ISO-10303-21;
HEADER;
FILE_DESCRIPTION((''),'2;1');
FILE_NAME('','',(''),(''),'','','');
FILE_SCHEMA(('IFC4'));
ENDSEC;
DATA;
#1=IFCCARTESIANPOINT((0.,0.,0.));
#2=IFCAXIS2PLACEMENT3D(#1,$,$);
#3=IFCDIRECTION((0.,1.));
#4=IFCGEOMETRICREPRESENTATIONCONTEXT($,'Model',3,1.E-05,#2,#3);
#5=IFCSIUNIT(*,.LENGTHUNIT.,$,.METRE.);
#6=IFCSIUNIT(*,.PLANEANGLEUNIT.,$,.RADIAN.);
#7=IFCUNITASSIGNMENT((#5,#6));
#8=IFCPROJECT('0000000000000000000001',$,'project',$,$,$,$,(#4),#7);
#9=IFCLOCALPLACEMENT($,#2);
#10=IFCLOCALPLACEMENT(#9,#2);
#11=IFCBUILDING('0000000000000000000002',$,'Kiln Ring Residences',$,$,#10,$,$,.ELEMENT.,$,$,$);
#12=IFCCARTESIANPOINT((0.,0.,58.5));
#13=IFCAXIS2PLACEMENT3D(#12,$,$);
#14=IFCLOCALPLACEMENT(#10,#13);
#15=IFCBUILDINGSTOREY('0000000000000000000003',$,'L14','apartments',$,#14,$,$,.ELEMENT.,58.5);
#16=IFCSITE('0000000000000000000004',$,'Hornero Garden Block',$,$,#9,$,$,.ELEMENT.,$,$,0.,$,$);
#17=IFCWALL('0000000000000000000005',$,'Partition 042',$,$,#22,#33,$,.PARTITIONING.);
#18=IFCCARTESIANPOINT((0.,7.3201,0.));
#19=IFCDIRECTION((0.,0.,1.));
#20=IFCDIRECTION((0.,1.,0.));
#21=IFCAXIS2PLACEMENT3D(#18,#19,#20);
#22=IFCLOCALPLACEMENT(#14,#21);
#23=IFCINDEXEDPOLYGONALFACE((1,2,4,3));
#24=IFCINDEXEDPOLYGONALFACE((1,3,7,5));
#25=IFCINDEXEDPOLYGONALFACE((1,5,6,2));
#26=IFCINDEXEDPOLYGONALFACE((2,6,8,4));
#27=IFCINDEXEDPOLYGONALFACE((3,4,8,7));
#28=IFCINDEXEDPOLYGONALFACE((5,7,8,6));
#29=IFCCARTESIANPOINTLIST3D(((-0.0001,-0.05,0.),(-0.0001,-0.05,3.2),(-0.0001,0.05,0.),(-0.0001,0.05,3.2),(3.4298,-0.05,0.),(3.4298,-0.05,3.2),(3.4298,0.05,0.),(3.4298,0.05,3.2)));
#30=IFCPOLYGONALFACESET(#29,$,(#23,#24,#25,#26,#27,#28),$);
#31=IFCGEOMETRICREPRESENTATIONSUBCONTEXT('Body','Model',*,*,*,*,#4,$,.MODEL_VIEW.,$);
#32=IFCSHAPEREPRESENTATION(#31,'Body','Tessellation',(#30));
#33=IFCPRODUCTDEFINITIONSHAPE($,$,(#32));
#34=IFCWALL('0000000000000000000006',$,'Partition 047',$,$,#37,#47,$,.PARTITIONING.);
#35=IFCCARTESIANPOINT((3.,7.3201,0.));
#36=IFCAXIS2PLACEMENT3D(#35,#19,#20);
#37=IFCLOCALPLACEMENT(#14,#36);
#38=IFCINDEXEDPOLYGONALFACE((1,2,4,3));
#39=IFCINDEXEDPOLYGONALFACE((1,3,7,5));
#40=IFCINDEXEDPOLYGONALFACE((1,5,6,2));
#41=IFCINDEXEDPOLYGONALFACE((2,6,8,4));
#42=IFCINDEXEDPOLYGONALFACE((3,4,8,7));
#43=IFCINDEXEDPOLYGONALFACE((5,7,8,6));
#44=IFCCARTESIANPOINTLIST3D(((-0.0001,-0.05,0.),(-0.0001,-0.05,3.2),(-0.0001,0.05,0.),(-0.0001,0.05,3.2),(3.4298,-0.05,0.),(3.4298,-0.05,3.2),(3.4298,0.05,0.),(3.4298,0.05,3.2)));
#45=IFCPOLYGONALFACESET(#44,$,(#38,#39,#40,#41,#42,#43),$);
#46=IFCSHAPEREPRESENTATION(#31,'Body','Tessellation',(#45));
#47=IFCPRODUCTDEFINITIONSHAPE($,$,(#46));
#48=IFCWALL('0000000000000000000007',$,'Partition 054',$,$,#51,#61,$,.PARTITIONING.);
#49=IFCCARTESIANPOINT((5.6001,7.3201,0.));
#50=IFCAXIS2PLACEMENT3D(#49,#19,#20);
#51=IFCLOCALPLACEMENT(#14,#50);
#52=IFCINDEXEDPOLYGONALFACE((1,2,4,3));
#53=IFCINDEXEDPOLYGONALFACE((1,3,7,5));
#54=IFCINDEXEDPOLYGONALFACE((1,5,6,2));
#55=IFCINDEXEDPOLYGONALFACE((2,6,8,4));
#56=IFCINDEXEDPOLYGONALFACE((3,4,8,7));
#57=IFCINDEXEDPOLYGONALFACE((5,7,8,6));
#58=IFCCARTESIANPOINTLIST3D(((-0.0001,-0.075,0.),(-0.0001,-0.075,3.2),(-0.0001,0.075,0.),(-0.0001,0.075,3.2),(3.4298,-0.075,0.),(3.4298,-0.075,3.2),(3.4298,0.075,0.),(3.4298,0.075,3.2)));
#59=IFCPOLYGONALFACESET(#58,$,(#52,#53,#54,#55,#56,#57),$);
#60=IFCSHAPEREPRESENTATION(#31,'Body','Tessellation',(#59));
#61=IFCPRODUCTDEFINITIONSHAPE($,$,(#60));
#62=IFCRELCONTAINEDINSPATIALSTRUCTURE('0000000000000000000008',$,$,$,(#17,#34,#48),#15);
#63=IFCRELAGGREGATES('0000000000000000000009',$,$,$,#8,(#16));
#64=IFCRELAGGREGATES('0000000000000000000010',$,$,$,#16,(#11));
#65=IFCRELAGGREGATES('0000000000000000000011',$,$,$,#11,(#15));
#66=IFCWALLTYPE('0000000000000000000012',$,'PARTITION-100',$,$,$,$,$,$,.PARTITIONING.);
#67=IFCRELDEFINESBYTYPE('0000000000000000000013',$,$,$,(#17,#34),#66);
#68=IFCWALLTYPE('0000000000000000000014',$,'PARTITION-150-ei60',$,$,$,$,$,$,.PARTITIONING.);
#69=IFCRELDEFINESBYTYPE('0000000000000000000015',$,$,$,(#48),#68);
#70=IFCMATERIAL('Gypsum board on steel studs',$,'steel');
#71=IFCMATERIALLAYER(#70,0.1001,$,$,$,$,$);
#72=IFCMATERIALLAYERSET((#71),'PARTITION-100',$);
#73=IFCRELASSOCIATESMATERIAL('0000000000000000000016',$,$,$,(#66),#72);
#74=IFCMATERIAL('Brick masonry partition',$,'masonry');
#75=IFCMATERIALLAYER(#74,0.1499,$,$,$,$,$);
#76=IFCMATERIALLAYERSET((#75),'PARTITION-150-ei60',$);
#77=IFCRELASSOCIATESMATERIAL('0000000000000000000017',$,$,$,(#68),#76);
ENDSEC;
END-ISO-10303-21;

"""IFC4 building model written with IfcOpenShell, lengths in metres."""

from ifc_helpers import new_model, si_unit, direction, frame, frame_2d, origin, place, context, subcontext, project, spatial, rectangle, extrude, material, layer, layer_set, type_object, element, save


model = new_model("IFC4")

# Units and contexts
model_context = context("Model", 3, precision=1e-05, world=origin(), true_north=direction((0.0, 1.0)))
body_context = subcontext(model_context, "Body", "Model", "MODEL_VIEW")
ifc_project = project(units=[si_unit("LENGTHUNIT", "METRE"), si_unit("PLANEANGLEUNIT", "RADIAN")], contexts=[model_context])

# Site, building, storey
site_placement = place(None, origin())
site = spatial("IfcSite", under=ifc_project, at=site_placement, Name="Hornero Garden Block", CompositionType="ELEMENT", RefElevation=0.0)
building_placement = place(site_placement, origin())
building = spatial("IfcBuilding", under=site, at=building_placement, Name="Kiln Ring Residences", CompositionType="ELEMENT")
storey_placement = place(building_placement, frame((0.0, 0.0, 58.5)))
storey = spatial("IfcBuildingStorey", under=building, at=storey_placement, Name="L14", Description="apartments", CompositionType="ELEMENT", Elevation=58.5)

# Wall
ifc_material_1 = material(Name="Gypsum board on steel studs", Category="steel")
ifc_layer_1 = layer(ifc_material_1, 0.1001)
ifc_layer_set_1 = layer_set([ifc_layer_1], Name="PARTITION-100")
wall_type_1 = type_object("IfcWallType", Name="PARTITION-100", PredefinedType="PARTITIONING", material=ifc_layer_set_1)
wall_1_placement = place(storey_placement, frame((0.0, 7.3201, 0.0), z_axis=(0.0, 0.0, 1.0), x_axis=(0.0, 1.0, 0.0)))
element("IfcWall", 1, at=wall_1_placement, inside=storey, type_object=wall_type_1, Name="Partition 042", PredefinedType="PARTITIONING", context=body_context, shape_type="SweptSolid", body=[
    extrude(rectangle(XDim=3.4299, YDim=0.1001, at=frame_2d((1.7148, 0.0))), origin(), (0.0, 0.0, 1.0), 3.2),
])

# Wall
wall_2_placement = place(storey_placement, frame((3.0, 7.3201, 0.0), z_axis=(0.0, 0.0, 1.0), x_axis=(0.0, 1.0, 0.0)))
element("IfcWall", 2, at=wall_2_placement, inside=storey, type_object=wall_type_1, Name="Partition 047", PredefinedType="PARTITIONING", context=body_context, shape_type="SweptSolid", body=[
    extrude(rectangle(XDim=3.4299, YDim=0.1001, at=frame_2d((1.7148, 0.0))), origin(), (0.0, 0.0, 1.0), 3.2),
])

# Wall
ifc_material_2 = material(Name="Brick masonry partition", Category="masonry")
ifc_layer_2 = layer(ifc_material_2, 0.1499)
ifc_layer_set_2 = layer_set([ifc_layer_2], Name="PARTITION-150-ei60")
wall_type_2 = type_object("IfcWallType", Name="PARTITION-150-ei60", PredefinedType="PARTITIONING", material=ifc_layer_set_2)
wall_3_placement = place(storey_placement, frame((5.6001, 7.3201, 0.0), z_axis=(0.0, 0.0, 1.0), x_axis=(0.0, 1.0, 0.0)))
element("IfcWall", 3, at=wall_3_placement, inside=storey, type_object=wall_type_2, Name="Partition 054", PredefinedType="PARTITIONING", context=body_context, shape_type="SweptSolid", body=[
    extrude(rectangle(XDim=3.4299, YDim=0.1499, at=frame_2d((1.7148, 0.0))), origin(), (0.0, 0.0, 1.0), 3.2),
])

save(model, "model.ifc")
